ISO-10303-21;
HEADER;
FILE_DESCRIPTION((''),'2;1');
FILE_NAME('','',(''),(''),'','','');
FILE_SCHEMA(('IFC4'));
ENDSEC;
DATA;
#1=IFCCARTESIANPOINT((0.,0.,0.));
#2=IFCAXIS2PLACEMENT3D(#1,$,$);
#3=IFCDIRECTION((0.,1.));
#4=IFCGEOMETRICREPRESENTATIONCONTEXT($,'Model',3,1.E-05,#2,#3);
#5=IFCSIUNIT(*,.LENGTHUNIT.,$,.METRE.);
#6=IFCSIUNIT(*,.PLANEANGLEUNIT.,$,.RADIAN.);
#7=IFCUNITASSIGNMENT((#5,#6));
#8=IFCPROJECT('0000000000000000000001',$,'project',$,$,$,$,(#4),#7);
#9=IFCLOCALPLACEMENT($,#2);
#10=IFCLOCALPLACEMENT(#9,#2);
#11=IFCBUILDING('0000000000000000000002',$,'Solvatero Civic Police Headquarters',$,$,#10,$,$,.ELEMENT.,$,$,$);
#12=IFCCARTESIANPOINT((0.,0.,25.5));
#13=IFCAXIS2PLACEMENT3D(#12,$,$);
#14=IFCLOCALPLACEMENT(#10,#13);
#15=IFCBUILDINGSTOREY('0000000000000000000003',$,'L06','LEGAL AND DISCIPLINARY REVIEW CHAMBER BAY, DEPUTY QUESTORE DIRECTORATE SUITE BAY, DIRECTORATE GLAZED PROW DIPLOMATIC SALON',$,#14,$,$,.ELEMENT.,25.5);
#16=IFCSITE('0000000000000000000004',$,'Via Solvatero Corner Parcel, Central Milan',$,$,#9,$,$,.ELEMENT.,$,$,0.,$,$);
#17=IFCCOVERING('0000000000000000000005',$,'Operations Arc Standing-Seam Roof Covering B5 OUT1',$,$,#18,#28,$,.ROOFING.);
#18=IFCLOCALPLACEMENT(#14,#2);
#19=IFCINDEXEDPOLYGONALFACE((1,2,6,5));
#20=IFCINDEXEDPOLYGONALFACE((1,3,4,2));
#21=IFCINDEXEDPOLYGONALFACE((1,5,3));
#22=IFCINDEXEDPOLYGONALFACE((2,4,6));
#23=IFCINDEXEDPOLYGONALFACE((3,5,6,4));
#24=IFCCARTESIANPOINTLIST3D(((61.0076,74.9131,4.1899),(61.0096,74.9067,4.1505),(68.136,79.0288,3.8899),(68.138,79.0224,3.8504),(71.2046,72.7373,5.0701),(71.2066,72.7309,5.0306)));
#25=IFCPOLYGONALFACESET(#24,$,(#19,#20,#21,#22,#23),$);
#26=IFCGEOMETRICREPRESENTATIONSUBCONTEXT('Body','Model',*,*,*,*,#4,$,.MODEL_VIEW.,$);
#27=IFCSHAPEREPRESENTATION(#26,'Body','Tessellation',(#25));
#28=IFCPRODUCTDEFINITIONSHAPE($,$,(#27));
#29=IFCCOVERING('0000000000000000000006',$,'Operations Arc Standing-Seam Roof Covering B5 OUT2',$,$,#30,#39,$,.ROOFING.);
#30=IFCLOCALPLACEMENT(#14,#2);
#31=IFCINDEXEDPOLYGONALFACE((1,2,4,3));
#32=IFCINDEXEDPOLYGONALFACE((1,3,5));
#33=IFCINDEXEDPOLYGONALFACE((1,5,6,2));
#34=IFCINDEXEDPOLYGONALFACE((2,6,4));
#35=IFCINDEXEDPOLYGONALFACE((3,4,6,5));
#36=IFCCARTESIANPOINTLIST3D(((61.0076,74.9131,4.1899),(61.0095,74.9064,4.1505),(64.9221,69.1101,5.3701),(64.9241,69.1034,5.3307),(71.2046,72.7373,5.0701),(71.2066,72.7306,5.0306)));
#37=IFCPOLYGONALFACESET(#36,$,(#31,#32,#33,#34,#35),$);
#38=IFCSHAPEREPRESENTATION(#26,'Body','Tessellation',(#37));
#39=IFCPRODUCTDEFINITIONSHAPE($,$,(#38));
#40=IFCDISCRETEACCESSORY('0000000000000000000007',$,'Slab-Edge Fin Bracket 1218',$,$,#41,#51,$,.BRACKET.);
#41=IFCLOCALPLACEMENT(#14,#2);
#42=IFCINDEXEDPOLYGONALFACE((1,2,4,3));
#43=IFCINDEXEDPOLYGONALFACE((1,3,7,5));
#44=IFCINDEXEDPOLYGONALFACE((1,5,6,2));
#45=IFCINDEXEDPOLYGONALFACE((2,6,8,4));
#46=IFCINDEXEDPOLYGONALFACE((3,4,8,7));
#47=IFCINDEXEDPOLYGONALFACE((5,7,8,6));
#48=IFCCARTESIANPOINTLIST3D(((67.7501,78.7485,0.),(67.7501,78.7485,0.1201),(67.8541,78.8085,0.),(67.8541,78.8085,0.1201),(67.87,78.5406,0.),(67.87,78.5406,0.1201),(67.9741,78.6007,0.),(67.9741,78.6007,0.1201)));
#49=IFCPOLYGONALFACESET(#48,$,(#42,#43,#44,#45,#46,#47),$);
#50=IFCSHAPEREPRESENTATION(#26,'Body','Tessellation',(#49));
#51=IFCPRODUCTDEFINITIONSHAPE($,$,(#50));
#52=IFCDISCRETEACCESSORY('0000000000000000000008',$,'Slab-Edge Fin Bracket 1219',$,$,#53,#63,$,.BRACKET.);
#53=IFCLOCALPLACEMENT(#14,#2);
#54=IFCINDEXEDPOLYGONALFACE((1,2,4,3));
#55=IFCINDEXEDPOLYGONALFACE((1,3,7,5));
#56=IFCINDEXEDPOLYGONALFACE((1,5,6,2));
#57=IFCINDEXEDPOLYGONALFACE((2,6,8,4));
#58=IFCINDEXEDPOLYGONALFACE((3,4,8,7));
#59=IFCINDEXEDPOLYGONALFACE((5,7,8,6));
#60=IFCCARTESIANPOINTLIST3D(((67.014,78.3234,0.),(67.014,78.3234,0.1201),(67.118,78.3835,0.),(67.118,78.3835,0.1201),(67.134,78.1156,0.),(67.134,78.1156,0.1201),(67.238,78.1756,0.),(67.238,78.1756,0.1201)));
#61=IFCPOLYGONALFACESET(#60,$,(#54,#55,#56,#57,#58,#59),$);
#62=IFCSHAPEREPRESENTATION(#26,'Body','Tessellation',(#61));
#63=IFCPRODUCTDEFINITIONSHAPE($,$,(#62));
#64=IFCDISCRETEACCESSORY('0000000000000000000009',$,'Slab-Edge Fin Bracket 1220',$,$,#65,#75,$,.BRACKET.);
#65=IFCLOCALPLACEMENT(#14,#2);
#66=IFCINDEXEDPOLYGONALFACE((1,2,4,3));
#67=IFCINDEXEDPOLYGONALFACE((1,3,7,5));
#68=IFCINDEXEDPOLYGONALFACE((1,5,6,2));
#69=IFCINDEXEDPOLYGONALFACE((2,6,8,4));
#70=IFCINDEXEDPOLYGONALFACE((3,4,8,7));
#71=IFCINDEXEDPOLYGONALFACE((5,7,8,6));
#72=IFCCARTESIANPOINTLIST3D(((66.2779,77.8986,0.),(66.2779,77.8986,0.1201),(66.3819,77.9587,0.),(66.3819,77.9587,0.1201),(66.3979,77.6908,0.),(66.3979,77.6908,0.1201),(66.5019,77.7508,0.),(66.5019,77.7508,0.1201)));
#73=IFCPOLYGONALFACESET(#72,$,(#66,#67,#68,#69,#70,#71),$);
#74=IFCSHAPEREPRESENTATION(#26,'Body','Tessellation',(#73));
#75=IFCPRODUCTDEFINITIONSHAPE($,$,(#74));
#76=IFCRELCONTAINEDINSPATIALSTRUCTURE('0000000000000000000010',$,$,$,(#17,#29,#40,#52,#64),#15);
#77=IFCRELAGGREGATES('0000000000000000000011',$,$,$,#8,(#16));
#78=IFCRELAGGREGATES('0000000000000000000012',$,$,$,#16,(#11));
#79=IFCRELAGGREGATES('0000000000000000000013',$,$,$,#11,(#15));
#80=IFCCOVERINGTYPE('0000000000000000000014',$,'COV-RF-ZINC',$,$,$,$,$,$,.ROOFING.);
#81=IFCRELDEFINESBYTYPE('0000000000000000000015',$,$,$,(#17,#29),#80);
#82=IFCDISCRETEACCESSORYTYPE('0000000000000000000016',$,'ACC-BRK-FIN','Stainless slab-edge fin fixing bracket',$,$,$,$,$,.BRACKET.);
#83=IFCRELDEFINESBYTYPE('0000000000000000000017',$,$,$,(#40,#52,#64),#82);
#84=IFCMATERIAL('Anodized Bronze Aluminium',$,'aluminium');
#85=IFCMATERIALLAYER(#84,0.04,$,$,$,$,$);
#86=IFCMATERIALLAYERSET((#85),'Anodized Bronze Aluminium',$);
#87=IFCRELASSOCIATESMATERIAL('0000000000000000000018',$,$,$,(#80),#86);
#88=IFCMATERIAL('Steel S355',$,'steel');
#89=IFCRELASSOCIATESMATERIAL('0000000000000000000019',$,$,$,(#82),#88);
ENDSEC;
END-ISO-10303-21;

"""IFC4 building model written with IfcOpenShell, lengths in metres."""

from ifc_helpers import new_model, si_unit, direction, frame, origin, origin_2d, place, context, subcontext, project, spatial, polyline, rectangle, outline, extrude, material, layer, layer_set, type_object, element, save


model = new_model("IFC4")

# Units and contexts
model_context = context("Model", 3, precision=1e-05, world=origin(), true_north=direction((0.0, 1.0)))
body_context = subcontext(model_context, "Body", "Model", "MODEL_VIEW")
ifc_project = project(units=[si_unit("LENGTHUNIT", "METRE"), si_unit("PLANEANGLEUNIT", "RADIAN")], contexts=[model_context])

# Site, building, storey
site_placement = place(None, origin())
site = spatial("IfcSite", under=ifc_project, at=site_placement, Name="Via Solvatero Corner Parcel, Central Milan", CompositionType="ELEMENT", RefElevation=0.0)
building_placement = place(site_placement, origin())
building = spatial("IfcBuilding", under=site, at=building_placement, Name="Solvatero Civic Police Headquarters", CompositionType="ELEMENT")
storey_placement = place(building_placement, frame((0.0, 0.0, 25.5)))
storey = spatial("IfcBuildingStorey", under=building, at=storey_placement, Name="L06", Description="LEGAL AND DISCIPLINARY REVIEW CHAMBER BAY, DEPUTY QUESTORE DIRECTORATE SUITE BAY, DIRECTORATE GLAZED PROW DIPLOMATIC SALON", CompositionType="ELEMENT", Elevation=25.5)

# Shared definitions
ifc_material_1 = material(Name="Steel S355", Category="steel")

# Shared definitions
ifc_material_2 = material(Name="Anodized Bronze Aluminium", Category="aluminium")

# Coverings
ifc_layer_1 = layer(ifc_material_2, 0.04)
ifc_layer_set_1 = layer_set([ifc_layer_1], Name="Anodized Bronze Aluminium")
covering_type_1 = type_object("IfcCoveringType", Name="COV-RF-ZINC", PredefinedType="ROOFING", material=ifc_layer_set_1)
covering_1_placement = place(storey_placement, frame((71.2046, 72.7373, 5.0701), z_axis=(-0.050929, 0.160077, 0.98579), x_axis=(-0.432274, 0.886284, -0.166251)))
element("IfcCovering", 1, at=covering_1_placement, inside=storey, type_object=covering_type_1, Name="Operations Arc Standing-Seam Roof Covering B5 OUT1", PredefinedType="ROOFING", context=body_context, shape_type="SweptSolid", body=[
    extrude(outline(polyline([(0.0, 0.0), (7.0987, 0.0), (6.4826, 8.2136), (0.0, 0.0)])), origin(), (0.0, 0.0, -1.0), 0.04),
])
covering_2_placement = place(storey_placement, frame((71.2046, 72.7373, 5.0701), z_axis=(-0.049368, 0.166966, 0.984726), x_axis=(-0.974519, 0.207937, -0.084113)))
element("IfcCovering", 2, at=covering_2_placement, inside=storey, type_object=covering_type_1, Name="Operations Arc Standing-Seam Roof Covering B5 OUT2", PredefinedType="ROOFING", context=body_context, shape_type="SweptSolid", body=[
    extrude(outline(polyline([(0.0, 0.0), (10.4636, 0.0), (5.3429, 4.9162), (0.0, 0.0)])), origin(), (0.0, 0.0, -1.0), 0.04),
])

# Discrete accessories
discrete_accessory_type = type_object("IfcDiscreteAccessoryType", Name="ACC-BRK-FIN", Description="Stainless slab-edge fin fixing bracket", PredefinedType="BRACKET", material=ifc_material_1)
for number, where, z_axis, x_axis, name in (
    (3, (67.8621, 78.6746, 0.0), (0.0, 0.0, 1.0), (-0.866025, -0.5, 0.0), "Slab-Edge Fin Bracket 1218"),
    (4, (67.126, 78.2495, 0.0), (0.0, 0.0, 1.0), (-0.866025, -0.5, 0.0), "Slab-Edge Fin Bracket 1219"),
    (5, (66.3899, 77.8247, 0.0), (0.0, 0.0, 1.0), (-0.866025, -0.5, 0.0), "Slab-Edge Fin Bracket 1220"),
):
    element("IfcDiscreteAccessory", number, at=place(storey_placement, frame(where, z_axis=z_axis, x_axis=x_axis)), inside=storey, type_object=discrete_accessory_type, Name=name, PredefinedType="BRACKET", context=body_context, shape_type="SweptSolid", body=[
        extrude(rectangle(XDim=0.1201, YDim=0.24, at=origin_2d()), origin(), (0.0, 0.0, 1.0), 0.1201),
    ])

save(model, "model.ifc")
